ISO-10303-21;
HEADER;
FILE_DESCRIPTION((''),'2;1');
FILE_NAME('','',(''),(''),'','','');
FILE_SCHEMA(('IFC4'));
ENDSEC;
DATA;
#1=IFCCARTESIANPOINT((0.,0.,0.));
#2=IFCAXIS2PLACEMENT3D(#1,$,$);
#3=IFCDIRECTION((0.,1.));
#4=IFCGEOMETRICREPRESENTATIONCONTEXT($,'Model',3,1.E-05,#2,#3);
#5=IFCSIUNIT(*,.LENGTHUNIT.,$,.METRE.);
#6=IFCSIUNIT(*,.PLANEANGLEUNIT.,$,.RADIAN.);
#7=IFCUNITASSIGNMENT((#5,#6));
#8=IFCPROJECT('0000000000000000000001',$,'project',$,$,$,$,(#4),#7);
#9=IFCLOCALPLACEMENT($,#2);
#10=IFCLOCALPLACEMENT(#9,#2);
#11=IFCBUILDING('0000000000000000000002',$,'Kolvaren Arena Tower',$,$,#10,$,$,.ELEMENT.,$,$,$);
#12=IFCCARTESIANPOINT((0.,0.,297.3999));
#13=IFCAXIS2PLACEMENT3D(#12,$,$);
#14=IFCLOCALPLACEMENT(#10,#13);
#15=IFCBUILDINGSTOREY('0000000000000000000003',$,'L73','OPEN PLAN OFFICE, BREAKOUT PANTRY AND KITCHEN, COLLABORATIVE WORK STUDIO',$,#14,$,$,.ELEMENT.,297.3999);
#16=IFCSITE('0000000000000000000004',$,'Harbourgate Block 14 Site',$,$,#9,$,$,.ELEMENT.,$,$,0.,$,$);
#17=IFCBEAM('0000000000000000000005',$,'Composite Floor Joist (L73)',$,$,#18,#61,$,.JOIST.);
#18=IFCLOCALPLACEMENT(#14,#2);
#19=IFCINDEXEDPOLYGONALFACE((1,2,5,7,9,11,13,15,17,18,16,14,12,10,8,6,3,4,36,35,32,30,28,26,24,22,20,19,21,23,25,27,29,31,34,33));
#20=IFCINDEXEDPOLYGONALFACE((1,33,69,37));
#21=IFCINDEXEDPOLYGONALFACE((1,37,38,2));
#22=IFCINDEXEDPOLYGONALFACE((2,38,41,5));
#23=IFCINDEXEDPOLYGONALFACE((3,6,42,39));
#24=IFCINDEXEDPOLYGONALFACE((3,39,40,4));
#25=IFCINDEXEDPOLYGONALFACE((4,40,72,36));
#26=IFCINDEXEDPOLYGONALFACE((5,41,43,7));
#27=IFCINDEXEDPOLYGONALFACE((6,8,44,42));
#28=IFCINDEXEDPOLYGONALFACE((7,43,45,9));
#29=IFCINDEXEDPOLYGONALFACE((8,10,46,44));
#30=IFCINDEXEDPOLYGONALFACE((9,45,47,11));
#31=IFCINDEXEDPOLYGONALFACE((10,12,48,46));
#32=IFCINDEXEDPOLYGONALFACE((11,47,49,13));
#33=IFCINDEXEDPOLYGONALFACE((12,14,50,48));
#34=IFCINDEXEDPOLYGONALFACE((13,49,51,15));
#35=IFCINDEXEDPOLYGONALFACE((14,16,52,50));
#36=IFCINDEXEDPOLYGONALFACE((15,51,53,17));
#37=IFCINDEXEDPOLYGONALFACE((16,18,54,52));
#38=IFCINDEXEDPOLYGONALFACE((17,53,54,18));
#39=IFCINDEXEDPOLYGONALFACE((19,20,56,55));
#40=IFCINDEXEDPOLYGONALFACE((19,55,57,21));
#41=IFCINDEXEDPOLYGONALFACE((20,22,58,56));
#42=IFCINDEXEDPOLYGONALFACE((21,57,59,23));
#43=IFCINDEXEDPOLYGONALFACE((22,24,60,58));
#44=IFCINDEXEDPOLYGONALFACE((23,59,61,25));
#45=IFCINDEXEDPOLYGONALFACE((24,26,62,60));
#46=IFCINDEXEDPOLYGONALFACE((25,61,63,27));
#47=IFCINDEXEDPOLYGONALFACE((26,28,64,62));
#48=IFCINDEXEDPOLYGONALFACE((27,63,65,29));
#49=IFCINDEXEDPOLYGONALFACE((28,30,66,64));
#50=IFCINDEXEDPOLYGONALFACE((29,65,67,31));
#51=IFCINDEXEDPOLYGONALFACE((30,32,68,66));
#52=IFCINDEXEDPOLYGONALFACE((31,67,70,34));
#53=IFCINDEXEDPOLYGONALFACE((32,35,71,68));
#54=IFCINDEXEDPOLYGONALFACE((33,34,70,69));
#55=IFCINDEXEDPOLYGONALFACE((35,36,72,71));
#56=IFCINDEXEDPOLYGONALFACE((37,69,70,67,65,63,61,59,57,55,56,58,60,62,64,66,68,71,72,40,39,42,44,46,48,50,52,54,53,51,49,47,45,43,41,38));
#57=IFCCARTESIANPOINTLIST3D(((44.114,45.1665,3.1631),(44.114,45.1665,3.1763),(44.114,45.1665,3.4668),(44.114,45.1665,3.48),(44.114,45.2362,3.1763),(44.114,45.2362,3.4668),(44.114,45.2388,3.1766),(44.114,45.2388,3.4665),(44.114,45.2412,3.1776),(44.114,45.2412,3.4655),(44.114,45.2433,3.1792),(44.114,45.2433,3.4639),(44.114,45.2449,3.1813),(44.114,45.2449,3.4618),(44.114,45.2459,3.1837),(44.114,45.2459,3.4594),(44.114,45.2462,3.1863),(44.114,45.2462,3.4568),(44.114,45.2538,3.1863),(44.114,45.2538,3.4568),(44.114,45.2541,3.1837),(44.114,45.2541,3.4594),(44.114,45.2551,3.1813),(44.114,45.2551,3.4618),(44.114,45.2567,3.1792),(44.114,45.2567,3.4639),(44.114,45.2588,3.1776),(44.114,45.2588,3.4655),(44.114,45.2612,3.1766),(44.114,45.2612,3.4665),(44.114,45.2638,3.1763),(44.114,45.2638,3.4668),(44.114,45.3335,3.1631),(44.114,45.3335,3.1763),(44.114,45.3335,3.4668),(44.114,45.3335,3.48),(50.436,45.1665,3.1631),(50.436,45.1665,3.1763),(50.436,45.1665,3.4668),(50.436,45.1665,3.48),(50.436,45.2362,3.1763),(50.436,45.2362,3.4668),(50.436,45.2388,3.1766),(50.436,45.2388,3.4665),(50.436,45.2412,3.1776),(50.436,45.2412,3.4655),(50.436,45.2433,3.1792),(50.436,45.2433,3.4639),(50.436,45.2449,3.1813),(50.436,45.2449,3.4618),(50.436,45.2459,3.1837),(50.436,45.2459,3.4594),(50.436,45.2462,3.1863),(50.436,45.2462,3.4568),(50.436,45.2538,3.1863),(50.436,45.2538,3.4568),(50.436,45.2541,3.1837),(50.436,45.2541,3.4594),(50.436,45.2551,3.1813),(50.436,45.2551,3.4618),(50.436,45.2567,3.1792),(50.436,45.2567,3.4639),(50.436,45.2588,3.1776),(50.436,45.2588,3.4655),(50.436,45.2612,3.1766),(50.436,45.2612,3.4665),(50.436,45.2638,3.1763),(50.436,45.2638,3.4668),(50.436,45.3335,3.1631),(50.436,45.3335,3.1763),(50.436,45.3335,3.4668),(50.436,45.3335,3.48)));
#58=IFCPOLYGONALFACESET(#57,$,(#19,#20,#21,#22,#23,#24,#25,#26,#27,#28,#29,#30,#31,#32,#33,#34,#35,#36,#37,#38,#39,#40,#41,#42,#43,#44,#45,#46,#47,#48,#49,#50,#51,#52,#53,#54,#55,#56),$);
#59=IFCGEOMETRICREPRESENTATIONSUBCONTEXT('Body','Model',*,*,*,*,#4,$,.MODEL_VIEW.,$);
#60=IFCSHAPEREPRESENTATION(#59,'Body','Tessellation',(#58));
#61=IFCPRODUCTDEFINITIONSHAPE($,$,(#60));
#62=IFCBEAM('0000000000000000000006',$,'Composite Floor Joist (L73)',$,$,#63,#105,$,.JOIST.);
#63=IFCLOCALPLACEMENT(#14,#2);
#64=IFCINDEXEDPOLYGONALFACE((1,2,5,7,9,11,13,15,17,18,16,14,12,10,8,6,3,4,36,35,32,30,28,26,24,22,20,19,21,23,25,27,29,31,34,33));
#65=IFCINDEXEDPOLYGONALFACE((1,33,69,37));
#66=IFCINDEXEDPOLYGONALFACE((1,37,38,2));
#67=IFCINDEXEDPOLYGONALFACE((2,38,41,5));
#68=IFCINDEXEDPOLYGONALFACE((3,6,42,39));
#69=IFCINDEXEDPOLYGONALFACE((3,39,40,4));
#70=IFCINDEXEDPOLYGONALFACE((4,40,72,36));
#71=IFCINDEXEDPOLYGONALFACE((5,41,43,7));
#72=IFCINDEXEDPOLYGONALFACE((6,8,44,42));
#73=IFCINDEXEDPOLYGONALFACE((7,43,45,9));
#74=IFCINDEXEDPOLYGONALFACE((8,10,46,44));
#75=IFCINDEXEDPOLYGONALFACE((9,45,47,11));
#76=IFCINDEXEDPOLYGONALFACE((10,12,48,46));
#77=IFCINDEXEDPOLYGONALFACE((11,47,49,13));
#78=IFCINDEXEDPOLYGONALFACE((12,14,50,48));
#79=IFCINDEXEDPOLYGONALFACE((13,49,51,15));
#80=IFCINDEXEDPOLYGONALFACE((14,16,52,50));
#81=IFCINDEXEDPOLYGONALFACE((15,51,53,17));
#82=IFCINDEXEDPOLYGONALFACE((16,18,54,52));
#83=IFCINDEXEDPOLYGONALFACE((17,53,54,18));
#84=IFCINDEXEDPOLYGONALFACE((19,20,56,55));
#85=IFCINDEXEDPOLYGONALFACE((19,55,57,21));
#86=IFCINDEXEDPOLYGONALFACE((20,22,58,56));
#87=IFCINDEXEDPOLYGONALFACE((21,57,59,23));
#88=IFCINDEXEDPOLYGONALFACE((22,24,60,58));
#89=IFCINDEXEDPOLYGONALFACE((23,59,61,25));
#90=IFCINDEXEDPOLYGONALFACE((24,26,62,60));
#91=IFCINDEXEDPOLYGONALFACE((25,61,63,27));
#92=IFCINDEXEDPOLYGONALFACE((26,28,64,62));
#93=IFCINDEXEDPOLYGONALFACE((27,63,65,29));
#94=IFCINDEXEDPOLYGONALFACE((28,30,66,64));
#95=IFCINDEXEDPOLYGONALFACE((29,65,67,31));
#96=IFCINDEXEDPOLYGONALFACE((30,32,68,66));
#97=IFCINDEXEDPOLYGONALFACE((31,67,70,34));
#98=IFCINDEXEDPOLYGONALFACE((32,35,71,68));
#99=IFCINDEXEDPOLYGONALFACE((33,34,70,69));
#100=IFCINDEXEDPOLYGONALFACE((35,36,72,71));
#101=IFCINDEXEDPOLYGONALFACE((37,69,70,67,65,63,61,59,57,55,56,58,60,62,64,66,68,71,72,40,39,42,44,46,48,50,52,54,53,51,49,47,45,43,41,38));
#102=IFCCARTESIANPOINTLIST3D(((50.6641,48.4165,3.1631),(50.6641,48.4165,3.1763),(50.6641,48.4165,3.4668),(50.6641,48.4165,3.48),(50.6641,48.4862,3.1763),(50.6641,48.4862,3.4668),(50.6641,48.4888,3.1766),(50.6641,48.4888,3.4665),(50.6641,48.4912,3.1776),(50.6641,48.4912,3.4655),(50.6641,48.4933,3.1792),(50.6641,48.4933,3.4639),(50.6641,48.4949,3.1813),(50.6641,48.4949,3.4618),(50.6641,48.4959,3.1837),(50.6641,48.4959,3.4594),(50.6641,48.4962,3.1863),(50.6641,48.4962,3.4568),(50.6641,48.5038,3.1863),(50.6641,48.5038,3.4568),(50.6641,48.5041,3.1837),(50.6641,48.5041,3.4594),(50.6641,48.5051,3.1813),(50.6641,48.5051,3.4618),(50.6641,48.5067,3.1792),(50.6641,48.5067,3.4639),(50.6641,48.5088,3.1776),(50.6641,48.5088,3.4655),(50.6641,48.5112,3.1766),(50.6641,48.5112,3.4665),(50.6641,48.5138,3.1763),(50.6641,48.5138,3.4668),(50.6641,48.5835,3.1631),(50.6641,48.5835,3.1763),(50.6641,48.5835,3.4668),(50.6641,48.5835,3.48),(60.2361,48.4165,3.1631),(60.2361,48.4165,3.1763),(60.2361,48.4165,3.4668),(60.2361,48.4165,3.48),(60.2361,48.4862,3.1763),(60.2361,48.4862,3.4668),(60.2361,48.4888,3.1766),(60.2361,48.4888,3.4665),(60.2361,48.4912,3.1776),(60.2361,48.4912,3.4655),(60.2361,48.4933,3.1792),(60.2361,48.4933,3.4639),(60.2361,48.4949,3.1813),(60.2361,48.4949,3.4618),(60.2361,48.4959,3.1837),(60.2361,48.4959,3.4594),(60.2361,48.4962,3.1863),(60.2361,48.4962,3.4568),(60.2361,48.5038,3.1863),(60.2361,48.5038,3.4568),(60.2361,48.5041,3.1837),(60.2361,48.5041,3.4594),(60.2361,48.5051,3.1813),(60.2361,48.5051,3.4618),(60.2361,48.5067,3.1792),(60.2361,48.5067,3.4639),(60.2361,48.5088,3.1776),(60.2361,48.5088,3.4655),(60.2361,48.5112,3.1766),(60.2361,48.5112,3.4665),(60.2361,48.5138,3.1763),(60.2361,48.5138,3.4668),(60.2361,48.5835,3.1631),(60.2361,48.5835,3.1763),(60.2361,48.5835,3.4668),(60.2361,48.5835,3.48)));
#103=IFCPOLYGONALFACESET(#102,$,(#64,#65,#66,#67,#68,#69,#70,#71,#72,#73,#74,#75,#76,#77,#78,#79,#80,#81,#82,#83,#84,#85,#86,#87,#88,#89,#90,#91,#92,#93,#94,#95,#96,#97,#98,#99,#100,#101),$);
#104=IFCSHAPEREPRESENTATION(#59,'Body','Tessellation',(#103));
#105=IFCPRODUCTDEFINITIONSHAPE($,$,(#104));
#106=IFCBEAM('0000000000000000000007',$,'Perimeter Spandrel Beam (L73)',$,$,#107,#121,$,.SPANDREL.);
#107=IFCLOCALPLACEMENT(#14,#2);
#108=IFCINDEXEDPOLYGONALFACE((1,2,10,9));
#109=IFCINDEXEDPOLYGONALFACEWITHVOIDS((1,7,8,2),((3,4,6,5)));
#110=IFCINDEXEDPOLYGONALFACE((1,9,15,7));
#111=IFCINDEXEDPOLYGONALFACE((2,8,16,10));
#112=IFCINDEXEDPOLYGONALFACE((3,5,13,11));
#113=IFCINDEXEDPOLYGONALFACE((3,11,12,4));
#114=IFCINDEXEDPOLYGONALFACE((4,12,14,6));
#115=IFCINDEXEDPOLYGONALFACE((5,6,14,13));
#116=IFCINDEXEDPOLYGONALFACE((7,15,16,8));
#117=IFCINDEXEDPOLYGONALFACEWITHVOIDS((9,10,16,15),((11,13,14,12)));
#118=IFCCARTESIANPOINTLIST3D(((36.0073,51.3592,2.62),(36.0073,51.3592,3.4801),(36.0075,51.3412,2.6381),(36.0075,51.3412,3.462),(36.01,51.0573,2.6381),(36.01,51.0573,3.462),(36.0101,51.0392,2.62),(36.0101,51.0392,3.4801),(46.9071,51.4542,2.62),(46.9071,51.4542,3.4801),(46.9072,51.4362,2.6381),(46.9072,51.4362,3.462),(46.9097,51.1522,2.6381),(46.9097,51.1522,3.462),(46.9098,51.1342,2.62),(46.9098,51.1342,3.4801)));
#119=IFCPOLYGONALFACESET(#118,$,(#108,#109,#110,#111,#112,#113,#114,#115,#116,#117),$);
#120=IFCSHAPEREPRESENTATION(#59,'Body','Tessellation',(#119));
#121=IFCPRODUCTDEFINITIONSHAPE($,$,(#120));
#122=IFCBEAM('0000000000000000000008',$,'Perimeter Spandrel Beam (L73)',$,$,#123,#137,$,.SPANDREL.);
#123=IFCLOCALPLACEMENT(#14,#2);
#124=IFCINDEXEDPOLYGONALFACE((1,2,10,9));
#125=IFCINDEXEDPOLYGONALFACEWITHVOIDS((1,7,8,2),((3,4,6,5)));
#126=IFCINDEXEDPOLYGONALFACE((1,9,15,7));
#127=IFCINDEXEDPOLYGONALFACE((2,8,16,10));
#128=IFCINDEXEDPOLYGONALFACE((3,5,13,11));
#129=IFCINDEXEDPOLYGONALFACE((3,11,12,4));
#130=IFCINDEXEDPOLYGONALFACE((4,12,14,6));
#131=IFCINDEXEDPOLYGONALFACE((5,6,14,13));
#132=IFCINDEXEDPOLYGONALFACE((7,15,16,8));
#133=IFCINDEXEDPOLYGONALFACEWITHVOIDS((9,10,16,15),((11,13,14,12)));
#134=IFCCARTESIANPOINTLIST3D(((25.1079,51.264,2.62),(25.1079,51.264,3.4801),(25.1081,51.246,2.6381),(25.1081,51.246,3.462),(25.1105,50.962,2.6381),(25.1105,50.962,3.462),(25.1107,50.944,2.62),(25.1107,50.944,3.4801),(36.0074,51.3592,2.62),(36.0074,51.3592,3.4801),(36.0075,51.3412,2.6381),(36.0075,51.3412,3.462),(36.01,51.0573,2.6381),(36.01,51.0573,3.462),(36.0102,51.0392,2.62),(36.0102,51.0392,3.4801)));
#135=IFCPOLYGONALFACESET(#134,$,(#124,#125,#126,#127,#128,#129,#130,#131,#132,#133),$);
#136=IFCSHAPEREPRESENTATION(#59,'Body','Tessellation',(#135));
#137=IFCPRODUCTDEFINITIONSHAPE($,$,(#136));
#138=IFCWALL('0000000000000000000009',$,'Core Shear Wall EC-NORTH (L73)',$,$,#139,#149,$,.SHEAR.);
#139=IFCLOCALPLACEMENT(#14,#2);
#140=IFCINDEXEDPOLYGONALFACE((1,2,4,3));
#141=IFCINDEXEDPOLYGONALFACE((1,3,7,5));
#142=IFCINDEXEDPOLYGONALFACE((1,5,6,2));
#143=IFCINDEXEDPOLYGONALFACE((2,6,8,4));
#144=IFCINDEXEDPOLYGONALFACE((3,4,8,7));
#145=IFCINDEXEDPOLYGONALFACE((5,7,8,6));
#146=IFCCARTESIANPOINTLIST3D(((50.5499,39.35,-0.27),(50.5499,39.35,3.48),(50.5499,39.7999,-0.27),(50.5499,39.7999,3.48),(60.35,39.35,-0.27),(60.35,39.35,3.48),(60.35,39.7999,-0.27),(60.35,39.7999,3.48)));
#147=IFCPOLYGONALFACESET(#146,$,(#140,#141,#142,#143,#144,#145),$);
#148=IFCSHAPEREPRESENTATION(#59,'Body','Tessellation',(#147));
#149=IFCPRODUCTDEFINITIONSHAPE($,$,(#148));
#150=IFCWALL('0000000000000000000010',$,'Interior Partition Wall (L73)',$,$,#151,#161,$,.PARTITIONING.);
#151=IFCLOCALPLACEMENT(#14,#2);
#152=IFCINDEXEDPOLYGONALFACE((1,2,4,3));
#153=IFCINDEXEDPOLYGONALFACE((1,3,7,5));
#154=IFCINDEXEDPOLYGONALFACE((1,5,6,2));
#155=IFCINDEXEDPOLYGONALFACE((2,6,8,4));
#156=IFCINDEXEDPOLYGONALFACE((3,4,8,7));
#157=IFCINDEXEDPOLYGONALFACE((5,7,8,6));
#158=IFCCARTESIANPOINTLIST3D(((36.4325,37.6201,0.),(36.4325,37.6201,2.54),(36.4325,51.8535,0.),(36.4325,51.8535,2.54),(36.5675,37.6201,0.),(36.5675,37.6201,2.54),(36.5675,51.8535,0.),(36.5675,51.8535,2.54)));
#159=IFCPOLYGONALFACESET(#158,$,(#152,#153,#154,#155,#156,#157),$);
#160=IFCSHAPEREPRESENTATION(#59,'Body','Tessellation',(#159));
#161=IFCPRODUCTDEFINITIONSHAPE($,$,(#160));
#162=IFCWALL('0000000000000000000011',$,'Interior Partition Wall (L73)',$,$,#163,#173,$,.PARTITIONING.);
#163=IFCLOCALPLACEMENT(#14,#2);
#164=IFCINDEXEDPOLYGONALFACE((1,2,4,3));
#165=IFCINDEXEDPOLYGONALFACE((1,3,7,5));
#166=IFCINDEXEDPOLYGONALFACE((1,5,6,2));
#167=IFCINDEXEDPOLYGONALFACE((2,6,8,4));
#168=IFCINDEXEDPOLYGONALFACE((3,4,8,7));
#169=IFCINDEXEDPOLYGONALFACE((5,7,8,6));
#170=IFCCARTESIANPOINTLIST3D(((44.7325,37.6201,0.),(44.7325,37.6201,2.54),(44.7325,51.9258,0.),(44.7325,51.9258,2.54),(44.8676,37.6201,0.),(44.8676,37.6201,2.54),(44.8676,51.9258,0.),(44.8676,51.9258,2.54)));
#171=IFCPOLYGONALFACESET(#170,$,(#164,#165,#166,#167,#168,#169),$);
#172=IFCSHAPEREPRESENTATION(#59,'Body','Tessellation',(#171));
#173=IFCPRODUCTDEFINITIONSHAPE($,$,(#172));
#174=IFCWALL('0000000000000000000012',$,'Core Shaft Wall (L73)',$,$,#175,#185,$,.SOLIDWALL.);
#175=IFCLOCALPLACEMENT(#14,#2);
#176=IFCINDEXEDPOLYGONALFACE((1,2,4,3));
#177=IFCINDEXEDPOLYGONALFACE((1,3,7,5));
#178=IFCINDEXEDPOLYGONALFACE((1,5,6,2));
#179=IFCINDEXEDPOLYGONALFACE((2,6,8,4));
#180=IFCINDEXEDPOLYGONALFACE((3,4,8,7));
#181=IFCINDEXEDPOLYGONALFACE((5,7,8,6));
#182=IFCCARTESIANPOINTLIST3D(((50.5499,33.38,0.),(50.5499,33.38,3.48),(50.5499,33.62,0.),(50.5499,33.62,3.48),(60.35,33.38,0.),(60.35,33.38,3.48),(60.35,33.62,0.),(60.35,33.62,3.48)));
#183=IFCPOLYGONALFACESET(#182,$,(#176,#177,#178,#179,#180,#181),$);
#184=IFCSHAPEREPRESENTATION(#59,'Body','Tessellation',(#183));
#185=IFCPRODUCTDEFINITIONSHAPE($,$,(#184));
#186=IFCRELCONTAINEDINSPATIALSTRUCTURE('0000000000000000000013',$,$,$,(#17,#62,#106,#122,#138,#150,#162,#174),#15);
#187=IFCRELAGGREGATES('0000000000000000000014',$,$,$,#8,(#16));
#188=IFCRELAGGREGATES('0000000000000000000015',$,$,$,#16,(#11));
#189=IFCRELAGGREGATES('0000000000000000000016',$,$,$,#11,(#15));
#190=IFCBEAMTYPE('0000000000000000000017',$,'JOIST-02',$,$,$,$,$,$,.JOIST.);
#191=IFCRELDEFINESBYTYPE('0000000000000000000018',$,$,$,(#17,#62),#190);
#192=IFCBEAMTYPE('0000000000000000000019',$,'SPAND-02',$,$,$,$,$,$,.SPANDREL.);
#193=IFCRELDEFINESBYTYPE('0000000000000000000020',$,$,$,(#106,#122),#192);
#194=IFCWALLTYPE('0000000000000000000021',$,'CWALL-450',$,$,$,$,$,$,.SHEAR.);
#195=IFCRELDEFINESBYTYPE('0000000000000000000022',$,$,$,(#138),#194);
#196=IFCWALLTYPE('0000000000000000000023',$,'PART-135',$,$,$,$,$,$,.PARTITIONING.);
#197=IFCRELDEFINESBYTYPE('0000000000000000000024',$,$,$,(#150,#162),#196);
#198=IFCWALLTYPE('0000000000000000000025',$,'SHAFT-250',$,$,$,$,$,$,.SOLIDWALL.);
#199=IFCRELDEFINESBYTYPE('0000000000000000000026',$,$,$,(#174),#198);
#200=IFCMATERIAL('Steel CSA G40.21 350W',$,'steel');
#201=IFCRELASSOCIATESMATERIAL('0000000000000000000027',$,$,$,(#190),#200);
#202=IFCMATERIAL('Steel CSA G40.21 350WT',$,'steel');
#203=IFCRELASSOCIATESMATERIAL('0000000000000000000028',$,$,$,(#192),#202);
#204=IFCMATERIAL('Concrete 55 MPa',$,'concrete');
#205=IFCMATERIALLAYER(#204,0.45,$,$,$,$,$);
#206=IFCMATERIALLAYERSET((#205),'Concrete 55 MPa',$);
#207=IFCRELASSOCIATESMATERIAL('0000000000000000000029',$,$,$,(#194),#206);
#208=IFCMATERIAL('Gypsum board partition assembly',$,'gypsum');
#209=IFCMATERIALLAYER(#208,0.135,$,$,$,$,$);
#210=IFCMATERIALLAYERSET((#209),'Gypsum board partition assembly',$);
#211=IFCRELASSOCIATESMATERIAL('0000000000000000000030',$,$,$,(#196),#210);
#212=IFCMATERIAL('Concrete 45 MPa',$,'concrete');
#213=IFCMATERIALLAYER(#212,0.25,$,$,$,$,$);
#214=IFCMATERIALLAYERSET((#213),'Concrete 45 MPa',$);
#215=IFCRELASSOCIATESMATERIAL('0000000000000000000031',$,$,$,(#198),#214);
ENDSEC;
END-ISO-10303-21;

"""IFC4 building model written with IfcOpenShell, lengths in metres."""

from ifc_helpers import new_model, si_unit, direction, frame, frame_2d, origin, origin_2d, place, context, subcontext, project, spatial, rectangle, hollow_rectangle, i_section, extrude, material, layer, layer_set, material_profile, profile_set, type_object, element, save


model = new_model("IFC4")

# Units and contexts
model_context = context("Model", 3, precision=1e-05, world=origin(), true_north=direction((0.0, 1.0)))
body_context = subcontext(model_context, "Body", "Model", "MODEL_VIEW")
ifc_project = project(units=[si_unit("LENGTHUNIT", "METRE"), si_unit("PLANEANGLEUNIT", "RADIAN")], contexts=[model_context])

# Site, building, storey
site_placement = place(None, origin())
site = spatial("IfcSite", under=ifc_project, at=site_placement, Name="Harbourgate Block 14 Site", CompositionType="ELEMENT", RefElevation=0.0)
building_placement = place(site_placement, origin())
building = spatial("IfcBuilding", under=site, at=building_placement, Name="Kolvaren Arena Tower", CompositionType="ELEMENT")
storey_placement = place(building_placement, frame((0.0, 0.0, 297.3999)))
storey = spatial("IfcBuildingStorey", under=building, at=storey_placement, Name="L73", Description="OPEN PLAN OFFICE, BREAKOUT PANTRY AND KITCHEN, COLLABORATIVE WORK STUDIO", CompositionType="ELEMENT", Elevation=297.3999)

# Beams
ifc_material_1 = material(Name="Steel CSA G40.21 350W", Category="steel")
ifc_material_profile_1 = material_profile(ifc_material_1, i_section(OverallWidth=0.167, OverallDepth=0.3169, WebThickness=0.0076, FlangeThickness=0.0132, FilletRadius=0.01, at=origin_2d()), Name="W310x52")
ifc_profile_set_1 = profile_set([ifc_material_profile_1], Name="Steel CSA G40.21 350W")
beam_type_1 = type_object("IfcBeamType", Name="JOIST-02", PredefinedType="JOIST", material=ifc_profile_set_1)
beam_1_placement = place(storey_placement, frame((44.114, 45.25, 3.3215), z_axis=(1.0, 0.0, 0.0), x_axis=(0.0, 1.0, 0.0)))
element("IfcBeam", 1, at=beam_1_placement, inside=storey, type_object=beam_type_1, Name="Composite Floor Joist (L73)", PredefinedType="JOIST", context=body_context, shape_type="SweptSolid", body=[
    extrude(i_section(OverallWidth=0.167, OverallDepth=0.3169, WebThickness=0.0076, FlangeThickness=0.0132, FilletRadius=0.01, at=origin_2d()), origin(), (0.0, 0.0, 1.0), 6.322),
])
beam_2_placement = place(storey_placement, frame((50.6641, 48.5, 3.3215), z_axis=(1.0, 0.0, 0.0), x_axis=(0.0, 1.0, 0.0)))
element("IfcBeam", 2, at=beam_2_placement, inside=storey, type_object=beam_type_1, Name="Composite Floor Joist (L73)", PredefinedType="JOIST", context=body_context, shape_type="SweptSolid", body=[
    extrude(i_section(OverallWidth=0.167, OverallDepth=0.3169, WebThickness=0.0076, FlangeThickness=0.0132, FilletRadius=0.01, at=origin_2d()), origin(), (0.0, 0.0, 1.0), 9.572),
])
ifc_material_2 = material(Name="Steel CSA G40.21 350WT", Category="steel")
ifc_material_profile_2 = material_profile(ifc_material_2, hollow_rectangle(XDim=0.3201, YDim=0.8601, WallThickness=0.0181, at=origin_2d()), Name="HSS 860x320x18")
ifc_profile_set_2 = profile_set([ifc_material_profile_2], Name="Steel CSA G40.21 350WT")
beam_type_2 = type_object("IfcBeamType", Name="SPAND-02", PredefinedType="SPANDREL", material=ifc_profile_set_2)
beam_3_placement = place(storey_placement, frame((46.9084, 51.2942, 3.05), z_axis=(-0.999962, -0.008713, 0.0), x_axis=(0.008713, -0.999962, 0.0)))
element("IfcBeam", 3, at=beam_3_placement, inside=storey, type_object=beam_type_2, Name="Perimeter Spandrel Beam (L73)", PredefinedType="SPANDREL", context=body_context, shape_type="SweptSolid", body=[
    extrude(hollow_rectangle(XDim=0.3201, YDim=0.8601, WallThickness=0.0181, at=origin_2d()), origin(), (0.0, 0.0, 1.0), 10.9001),
])
beam_4_placement = place(storey_placement, frame((36.0088, 51.1992, 3.05), z_axis=(-0.999962, -0.008735, 0.0), x_axis=(0.008735, -0.999962, 0.0)))
element("IfcBeam", 4, at=beam_4_placement, inside=storey, type_object=beam_type_2, Name="Perimeter Spandrel Beam (L73)", PredefinedType="SPANDREL", context=body_context, shape_type="SweptSolid", body=[
    extrude(hollow_rectangle(XDim=0.3201, YDim=0.8601, WallThickness=0.0181, at=origin_2d()), origin(), (0.0, 0.0, 1.0), 10.8999),
])

# Walls
ifc_material_3 = material(Name="Concrete 55 MPa", Category="concrete")
ifc_layer_1 = layer(ifc_material_3, 0.45)
ifc_layer_set_1 = layer_set([ifc_layer_1], Name="Concrete 55 MPa")
wall_type_1 = type_object("IfcWallType", Name="CWALL-450", PredefinedType="SHEAR", material=ifc_layer_set_1)
wall_1_placement = place(storey_placement, frame((50.55, 39.575, -0.27), z_axis=(0.0, 0.0, 1.0), x_axis=(1.0, 0.0, 0.0)))
element("IfcWall", 5, at=wall_1_placement, inside=storey, type_object=wall_type_1, Name="Core Shear Wall EC-NORTH (L73)", PredefinedType="SHEAR", context=body_context, shape_type="SweptSolid", body=[
    extrude(rectangle(XDim=9.8, YDim=0.45, at=frame_2d((4.8999, 0.0))), origin(), (0.0, 0.0, 1.0), 3.75),
])
ifc_material_4 = material(Name="Gypsum board partition assembly", Category="gypsum")
ifc_layer_2 = layer(ifc_material_4, 0.135)
ifc_layer_set_2 = layer_set([ifc_layer_2], Name="Gypsum board partition assembly")
wall_type_2 = type_object("IfcWallType", Name="PART-135", PredefinedType="PARTITIONING", material=ifc_layer_set_2)
wall_2_placement = place(storey_placement, frame((36.5, 37.6201, 0.0), z_axis=(0.0, 0.0, 1.0), x_axis=(0.0, 1.0, 0.0)))
element("IfcWall", 6, at=wall_2_placement, inside=storey, type_object=wall_type_2, Name="Interior Partition Wall (L73)", PredefinedType="PARTITIONING", context=body_context, shape_type="SweptSolid", body=[
    extrude(rectangle(XDim=14.2334, YDim=0.135, at=frame_2d((7.1167, 0.0))), origin(), (0.0, 0.0, 1.0), 2.54),
])
wall_3_placement = place(storey_placement, frame((44.8, 37.6201, 0.0), z_axis=(0.0, 0.0, 1.0), x_axis=(0.0, 1.0, 0.0)))
element("IfcWall", 7, at=wall_3_placement, inside=storey, type_object=wall_type_2, Name="Interior Partition Wall (L73)", PredefinedType="PARTITIONING", context=body_context, shape_type="SweptSolid", body=[
    extrude(rectangle(XDim=14.3057, YDim=0.135, at=frame_2d((7.1528, 0.0))), origin(), (0.0, 0.0, 1.0), 2.54),
])
ifc_material_5 = material(Name="Concrete 45 MPa", Category="concrete")
ifc_layer_3 = layer(ifc_material_5, 0.25)
ifc_layer_set_3 = layer_set([ifc_layer_3], Name="Concrete 45 MPa")
wall_type_3 = type_object("IfcWallType", Name="SHAFT-250", PredefinedType="SOLIDWALL", material=ifc_layer_set_3)
wall_4_placement = place(storey_placement, frame((50.55, 33.5, 0.0), z_axis=(0.0, 0.0, 1.0), x_axis=(1.0, 0.0, 0.0)))
element("IfcWall", 8, at=wall_4_placement, inside=storey, type_object=wall_type_3, Name="Core Shaft Wall (L73)", PredefinedType="SOLIDWALL", context=body_context, shape_type="SweptSolid", body=[
    extrude(rectangle(XDim=9.8, YDim=0.24, at=frame_2d((4.8999, 0.0))), origin(), (0.0, 0.0, 1.0), 3.48),
])

save(model, "model.ifc")
